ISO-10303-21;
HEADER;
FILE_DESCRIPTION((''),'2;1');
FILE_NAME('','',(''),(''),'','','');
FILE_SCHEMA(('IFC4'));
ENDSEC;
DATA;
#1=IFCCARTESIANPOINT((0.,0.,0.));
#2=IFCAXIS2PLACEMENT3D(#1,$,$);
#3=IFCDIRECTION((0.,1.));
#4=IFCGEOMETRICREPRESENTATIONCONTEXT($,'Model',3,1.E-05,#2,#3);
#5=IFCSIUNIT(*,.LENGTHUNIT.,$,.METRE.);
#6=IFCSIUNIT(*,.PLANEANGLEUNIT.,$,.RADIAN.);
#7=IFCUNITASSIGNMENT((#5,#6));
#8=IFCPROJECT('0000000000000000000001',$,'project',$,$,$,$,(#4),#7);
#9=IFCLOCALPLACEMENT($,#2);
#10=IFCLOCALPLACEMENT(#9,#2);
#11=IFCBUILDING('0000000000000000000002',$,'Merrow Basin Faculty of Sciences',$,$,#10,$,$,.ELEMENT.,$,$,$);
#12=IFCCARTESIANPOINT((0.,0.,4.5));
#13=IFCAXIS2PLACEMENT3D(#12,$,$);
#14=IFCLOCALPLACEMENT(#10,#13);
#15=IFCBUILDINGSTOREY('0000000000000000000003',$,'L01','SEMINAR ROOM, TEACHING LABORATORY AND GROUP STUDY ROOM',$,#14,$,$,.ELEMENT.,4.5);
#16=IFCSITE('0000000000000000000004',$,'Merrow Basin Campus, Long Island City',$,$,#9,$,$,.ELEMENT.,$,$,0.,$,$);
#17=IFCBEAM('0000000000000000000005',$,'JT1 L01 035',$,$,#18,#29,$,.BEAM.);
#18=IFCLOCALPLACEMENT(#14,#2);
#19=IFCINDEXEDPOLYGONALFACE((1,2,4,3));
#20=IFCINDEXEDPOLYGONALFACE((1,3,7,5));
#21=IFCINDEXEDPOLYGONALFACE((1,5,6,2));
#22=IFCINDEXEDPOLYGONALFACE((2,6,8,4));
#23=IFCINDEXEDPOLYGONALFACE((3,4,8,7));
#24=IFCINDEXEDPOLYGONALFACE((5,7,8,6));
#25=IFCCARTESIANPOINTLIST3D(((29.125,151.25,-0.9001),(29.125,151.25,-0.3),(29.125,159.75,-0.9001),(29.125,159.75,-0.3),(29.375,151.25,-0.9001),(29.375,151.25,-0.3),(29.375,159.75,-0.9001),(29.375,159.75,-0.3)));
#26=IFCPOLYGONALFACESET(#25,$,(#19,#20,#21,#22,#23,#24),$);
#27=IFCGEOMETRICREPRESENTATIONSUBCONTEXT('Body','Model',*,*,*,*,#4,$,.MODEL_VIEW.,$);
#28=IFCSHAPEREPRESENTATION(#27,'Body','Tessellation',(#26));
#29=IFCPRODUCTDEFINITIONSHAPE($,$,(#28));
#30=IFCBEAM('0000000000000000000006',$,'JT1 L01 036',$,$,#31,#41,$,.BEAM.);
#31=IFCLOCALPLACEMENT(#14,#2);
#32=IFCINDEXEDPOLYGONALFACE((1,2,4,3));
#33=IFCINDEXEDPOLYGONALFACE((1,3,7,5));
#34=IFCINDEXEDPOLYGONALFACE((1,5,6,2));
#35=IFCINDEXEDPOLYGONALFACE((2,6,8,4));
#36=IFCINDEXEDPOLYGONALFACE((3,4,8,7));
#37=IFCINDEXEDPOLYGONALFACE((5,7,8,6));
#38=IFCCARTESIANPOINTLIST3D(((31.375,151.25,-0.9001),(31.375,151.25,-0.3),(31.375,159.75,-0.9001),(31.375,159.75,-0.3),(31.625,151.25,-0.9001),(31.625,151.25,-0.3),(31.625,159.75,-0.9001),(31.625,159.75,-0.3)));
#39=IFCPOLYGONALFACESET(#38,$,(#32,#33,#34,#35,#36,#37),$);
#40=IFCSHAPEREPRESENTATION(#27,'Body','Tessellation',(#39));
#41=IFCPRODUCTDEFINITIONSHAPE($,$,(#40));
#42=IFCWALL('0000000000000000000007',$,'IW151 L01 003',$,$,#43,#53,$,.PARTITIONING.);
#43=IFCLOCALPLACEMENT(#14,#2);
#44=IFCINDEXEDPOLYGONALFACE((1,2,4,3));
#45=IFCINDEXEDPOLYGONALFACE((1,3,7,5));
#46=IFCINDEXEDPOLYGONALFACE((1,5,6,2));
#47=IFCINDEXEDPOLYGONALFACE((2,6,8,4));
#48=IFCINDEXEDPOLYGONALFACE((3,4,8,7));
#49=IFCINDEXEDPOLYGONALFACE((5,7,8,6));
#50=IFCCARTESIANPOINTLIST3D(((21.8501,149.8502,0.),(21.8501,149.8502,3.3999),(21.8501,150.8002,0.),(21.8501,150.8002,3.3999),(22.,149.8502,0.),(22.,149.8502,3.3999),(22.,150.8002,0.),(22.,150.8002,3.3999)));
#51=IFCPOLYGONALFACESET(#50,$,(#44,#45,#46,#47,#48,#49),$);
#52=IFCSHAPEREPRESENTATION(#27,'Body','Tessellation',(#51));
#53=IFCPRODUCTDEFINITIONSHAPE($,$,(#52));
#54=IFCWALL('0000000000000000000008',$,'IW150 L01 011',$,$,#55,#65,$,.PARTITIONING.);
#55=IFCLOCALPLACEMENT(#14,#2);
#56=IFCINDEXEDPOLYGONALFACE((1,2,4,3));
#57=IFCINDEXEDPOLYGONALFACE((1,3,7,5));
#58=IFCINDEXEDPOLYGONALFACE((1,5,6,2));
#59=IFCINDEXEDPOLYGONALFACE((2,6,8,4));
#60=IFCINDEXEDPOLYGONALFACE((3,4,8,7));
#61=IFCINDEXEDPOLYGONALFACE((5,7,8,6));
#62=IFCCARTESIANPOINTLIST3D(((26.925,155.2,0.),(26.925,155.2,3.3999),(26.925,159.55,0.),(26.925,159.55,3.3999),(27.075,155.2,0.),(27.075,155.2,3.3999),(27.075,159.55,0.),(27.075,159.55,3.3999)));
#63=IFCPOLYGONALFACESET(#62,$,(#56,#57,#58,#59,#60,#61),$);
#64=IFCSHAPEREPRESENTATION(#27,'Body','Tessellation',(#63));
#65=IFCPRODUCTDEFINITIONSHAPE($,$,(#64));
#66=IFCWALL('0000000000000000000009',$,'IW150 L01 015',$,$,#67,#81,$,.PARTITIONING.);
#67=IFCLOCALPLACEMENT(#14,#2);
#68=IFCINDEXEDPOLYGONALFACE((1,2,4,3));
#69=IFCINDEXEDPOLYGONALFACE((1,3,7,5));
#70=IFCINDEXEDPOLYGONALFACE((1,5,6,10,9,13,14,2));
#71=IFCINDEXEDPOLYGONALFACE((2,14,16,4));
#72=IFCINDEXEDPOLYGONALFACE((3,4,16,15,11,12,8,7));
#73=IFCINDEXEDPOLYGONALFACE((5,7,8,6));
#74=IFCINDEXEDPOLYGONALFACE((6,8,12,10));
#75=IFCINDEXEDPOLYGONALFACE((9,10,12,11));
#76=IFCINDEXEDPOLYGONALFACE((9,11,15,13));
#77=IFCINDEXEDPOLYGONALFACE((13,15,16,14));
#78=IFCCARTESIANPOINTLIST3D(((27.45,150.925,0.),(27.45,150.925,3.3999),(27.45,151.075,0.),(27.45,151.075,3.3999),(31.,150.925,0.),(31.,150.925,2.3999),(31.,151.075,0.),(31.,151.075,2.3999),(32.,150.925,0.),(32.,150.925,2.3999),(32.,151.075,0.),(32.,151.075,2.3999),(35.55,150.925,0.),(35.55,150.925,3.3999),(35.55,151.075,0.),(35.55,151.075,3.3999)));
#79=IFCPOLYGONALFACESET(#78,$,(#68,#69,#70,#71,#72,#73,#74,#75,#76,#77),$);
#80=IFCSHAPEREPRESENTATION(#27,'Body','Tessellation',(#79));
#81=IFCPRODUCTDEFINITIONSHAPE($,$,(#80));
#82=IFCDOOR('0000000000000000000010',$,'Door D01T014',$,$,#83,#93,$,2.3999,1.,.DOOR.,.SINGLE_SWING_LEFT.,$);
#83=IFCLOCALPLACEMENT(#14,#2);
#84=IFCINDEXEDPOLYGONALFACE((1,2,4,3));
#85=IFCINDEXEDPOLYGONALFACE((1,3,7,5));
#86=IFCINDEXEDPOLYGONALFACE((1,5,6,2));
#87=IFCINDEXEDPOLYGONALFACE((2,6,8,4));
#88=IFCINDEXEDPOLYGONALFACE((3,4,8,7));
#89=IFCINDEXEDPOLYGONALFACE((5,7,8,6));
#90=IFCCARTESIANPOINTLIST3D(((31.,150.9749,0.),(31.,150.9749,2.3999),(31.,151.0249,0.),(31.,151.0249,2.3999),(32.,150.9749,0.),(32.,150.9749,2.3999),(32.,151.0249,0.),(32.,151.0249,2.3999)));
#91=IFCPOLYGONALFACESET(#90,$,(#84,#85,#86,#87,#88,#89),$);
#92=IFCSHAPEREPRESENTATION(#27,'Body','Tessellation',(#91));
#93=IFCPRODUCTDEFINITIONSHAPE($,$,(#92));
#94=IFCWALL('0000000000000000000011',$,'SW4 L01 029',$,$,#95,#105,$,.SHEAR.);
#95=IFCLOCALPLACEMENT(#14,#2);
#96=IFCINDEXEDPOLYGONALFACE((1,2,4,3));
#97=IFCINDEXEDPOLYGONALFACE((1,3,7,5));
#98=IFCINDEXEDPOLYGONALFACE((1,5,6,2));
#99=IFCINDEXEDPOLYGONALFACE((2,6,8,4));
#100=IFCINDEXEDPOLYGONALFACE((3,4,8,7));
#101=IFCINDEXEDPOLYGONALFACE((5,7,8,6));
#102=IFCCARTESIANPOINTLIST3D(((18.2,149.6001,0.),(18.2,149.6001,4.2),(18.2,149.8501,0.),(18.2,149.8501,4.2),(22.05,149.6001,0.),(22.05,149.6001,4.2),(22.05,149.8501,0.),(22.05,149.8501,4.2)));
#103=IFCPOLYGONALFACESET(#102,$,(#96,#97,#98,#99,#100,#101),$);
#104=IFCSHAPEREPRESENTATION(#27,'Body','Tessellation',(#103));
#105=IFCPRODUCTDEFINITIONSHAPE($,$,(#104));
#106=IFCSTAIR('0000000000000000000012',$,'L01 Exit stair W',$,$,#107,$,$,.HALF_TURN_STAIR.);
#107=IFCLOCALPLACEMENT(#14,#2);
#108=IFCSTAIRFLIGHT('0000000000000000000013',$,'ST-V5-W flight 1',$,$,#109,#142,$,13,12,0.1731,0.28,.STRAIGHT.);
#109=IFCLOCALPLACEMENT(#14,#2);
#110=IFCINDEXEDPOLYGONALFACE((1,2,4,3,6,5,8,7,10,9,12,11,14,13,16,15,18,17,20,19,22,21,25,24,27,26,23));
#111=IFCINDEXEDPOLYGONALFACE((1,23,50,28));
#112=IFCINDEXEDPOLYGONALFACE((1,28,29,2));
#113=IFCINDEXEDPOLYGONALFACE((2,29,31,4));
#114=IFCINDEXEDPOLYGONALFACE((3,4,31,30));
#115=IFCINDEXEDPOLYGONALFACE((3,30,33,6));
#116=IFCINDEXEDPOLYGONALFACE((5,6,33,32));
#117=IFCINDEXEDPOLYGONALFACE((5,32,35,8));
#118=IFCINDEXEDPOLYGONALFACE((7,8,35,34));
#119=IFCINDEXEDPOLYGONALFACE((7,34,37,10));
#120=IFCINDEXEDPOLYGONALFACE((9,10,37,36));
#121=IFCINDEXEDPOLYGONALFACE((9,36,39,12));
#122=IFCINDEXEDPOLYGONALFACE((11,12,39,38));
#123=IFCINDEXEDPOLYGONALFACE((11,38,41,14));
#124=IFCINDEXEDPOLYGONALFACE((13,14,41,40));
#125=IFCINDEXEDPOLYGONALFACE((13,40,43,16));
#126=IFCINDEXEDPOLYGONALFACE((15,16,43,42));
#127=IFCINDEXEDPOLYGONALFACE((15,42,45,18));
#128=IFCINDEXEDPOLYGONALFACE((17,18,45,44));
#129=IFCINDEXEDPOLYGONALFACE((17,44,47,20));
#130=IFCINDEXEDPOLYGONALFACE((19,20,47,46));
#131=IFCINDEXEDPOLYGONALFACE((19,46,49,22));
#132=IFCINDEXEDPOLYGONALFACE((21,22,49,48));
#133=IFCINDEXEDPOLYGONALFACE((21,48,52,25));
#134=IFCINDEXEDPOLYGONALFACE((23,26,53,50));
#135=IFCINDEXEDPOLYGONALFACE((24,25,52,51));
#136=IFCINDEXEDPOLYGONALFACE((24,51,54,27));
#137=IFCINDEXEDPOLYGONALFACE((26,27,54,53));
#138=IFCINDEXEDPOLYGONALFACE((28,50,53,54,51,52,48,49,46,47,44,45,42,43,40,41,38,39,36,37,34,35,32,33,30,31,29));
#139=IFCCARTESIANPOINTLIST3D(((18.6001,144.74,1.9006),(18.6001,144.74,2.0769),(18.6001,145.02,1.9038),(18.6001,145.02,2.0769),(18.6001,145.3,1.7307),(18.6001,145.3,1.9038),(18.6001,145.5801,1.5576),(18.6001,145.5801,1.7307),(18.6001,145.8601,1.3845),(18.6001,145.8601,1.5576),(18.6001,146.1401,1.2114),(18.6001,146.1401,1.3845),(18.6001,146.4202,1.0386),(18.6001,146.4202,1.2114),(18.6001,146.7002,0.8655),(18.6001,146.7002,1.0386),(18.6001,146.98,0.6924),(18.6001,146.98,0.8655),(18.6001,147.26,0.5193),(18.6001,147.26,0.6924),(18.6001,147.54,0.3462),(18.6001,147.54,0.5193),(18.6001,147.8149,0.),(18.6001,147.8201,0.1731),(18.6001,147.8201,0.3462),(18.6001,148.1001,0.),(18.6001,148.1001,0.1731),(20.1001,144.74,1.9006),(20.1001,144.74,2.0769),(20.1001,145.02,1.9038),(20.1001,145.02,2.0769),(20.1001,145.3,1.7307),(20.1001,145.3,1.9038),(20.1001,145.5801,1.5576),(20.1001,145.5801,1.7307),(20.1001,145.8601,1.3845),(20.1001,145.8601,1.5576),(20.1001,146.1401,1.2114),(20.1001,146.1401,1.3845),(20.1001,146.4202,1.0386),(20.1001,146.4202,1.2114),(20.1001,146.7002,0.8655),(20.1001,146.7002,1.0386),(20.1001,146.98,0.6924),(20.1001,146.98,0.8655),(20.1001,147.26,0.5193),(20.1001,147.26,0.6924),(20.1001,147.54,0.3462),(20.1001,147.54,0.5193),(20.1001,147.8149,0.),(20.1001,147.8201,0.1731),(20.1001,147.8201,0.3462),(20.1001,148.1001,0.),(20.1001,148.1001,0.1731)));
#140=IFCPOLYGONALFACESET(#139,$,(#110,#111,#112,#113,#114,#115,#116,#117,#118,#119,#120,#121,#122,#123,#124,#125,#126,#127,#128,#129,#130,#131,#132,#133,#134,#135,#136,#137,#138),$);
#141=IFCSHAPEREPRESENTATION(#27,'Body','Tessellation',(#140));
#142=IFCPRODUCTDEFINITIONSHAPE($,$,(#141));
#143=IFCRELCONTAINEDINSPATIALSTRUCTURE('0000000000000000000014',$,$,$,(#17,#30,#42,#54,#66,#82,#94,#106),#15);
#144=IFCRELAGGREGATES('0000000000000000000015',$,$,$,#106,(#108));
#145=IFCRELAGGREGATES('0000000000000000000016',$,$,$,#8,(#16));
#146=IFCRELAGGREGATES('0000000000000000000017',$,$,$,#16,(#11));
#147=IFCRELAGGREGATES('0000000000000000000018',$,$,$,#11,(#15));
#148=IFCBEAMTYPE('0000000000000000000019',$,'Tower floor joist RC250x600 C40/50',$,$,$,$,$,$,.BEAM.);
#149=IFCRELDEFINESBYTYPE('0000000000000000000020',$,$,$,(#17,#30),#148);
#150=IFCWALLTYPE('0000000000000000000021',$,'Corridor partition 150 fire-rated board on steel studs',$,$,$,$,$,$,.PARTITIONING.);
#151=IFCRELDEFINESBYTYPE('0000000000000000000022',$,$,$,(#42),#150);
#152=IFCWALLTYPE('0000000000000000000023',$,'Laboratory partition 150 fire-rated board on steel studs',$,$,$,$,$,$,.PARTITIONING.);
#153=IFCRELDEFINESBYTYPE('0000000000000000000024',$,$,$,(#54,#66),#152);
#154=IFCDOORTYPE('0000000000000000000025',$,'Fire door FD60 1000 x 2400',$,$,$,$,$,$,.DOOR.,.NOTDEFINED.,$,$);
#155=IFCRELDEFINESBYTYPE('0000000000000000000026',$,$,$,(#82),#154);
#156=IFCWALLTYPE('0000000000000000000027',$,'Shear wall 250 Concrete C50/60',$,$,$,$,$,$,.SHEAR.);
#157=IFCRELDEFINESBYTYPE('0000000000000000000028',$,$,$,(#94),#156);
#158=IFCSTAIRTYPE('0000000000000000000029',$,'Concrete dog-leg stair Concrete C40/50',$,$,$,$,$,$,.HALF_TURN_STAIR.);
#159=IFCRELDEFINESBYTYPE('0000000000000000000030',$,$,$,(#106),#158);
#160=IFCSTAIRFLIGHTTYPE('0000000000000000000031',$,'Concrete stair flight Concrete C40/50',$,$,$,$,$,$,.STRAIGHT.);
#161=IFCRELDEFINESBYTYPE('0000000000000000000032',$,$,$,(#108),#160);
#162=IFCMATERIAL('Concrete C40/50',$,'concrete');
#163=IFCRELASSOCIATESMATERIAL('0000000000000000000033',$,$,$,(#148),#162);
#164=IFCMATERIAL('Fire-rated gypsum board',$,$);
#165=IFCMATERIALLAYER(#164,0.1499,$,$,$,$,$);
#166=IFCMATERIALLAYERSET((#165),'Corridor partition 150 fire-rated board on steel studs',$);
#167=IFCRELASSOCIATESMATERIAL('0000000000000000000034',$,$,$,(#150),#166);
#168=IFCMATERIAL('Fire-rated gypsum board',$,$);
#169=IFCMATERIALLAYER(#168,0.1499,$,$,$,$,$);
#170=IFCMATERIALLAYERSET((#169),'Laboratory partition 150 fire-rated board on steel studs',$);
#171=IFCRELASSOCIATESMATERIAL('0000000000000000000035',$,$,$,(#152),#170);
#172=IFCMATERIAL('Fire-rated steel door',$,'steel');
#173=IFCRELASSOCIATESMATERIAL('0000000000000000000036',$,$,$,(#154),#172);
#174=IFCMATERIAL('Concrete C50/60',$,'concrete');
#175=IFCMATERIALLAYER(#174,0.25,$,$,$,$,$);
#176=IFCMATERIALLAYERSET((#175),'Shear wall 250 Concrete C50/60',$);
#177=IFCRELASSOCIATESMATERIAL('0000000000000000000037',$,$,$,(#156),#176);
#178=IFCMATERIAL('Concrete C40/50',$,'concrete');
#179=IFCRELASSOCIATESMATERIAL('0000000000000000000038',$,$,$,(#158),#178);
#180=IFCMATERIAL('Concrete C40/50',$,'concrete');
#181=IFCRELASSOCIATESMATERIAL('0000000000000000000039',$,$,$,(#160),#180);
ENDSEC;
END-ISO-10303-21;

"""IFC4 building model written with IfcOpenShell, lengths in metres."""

from ifc_helpers import new_model, si_unit, direction, frame, frame_2d, origin, origin_2d, place, context, subcontext, project, spatial, polyline, rectangle, outline, extrude, material, layer, layer_set, material_profile, profile_set, type_object, element, fill, aggregate, save


model = new_model("IFC4")

# Units and contexts
model_context = context("Model", 3, precision=1e-05, world=origin(), true_north=direction((0.0, 1.0)))
body_context = subcontext(model_context, "Body", "Model", "MODEL_VIEW")
ifc_project = project(units=[si_unit("LENGTHUNIT", "METRE"), si_unit("PLANEANGLEUNIT", "RADIAN")], contexts=[model_context])

# Site, building, storey
site_placement = place(None, origin())
site = spatial("IfcSite", under=ifc_project, at=site_placement, Name="Merrow Basin Campus, Long Island City", CompositionType="ELEMENT", RefElevation=0.0)
building_placement = place(site_placement, origin())
building = spatial("IfcBuilding", under=site, at=building_placement, Name="Merrow Basin Faculty of Sciences", CompositionType="ELEMENT")
storey_placement = place(building_placement, frame((0.0, 0.0, 4.5)))
storey = spatial("IfcBuildingStorey", under=building, at=storey_placement, Name="L01", Description="SEMINAR ROOM, TEACHING LABORATORY AND GROUP STUDY ROOM", CompositionType="ELEMENT", Elevation=4.5)

# Beams
ifc_material_1 = material(Name="Concrete C40/50", Category="concrete")
ifc_material_profile_1 = material_profile(ifc_material_1, rectangle(XDim=0.25, YDim=0.6001, at=origin_2d()))
ifc_profile_set_1 = profile_set([ifc_material_profile_1], Name="Concrete C40/50")
beam_type_1 = type_object("IfcBeamType", Name="Tower floor joist RC250x600 C40/50", PredefinedType="BEAM", material=ifc_profile_set_1)
for number, where, z_axis, x_axis, name in (
    (1, (29.25, 151.25, -0.6001), (0.0, 1.0, 0.0), (-1.0, 0.0, 0.0), "JT1 L01 035"),
    (2, (31.5, 151.25, -0.6001), (0.0, 1.0, 0.0), (-1.0, 0.0, 0.0), "JT1 L01 036"),
):
    element("IfcBeam", number, at=place(storey_placement, frame(where, z_axis=z_axis, x_axis=x_axis)), inside=storey, type_object=beam_type_1, Name=name, PredefinedType="BEAM", context=body_context, shape_type="SweptSolid", body=[
        extrude(rectangle(XDim=0.25, YDim=0.6001, at=origin_2d()), origin(), (0.0, 0.0, 1.0), 8.5),
    ])

# Walls
ifc_material_2 = material(Name="Fire-rated gypsum board")
ifc_layer_1 = layer(ifc_material_2, 0.1499)
ifc_layer_set_1 = layer_set([ifc_layer_1], Name="Corridor partition 150 fire-rated board on steel studs")
wall_type_1 = type_object("IfcWallType", Name="Corridor partition 150 fire-rated board on steel studs", PredefinedType="PARTITIONING", material=ifc_layer_set_1)
wall_1_placement = place(storey_placement, frame((21.925, 149.8501, 0.0), z_axis=(0.0, 0.0, 1.0), x_axis=(0.0, 1.0, 0.0)))
element("IfcWall", 3, at=wall_1_placement, inside=storey, type_object=wall_type_1, Name="IW151 L01 003", PredefinedType="PARTITIONING", context=body_context, shape_type="SweptSolid", body=[
    extrude(rectangle(XDim=0.95, YDim=0.1499, at=frame_2d((0.4751, 0.0))), origin(), (0.0, 0.0, 1.0), 3.3999),
])
ifc_material_3 = material(Name="Fire-rated gypsum board")
ifc_layer_2 = layer(ifc_material_3, 0.1499)
ifc_layer_set_2 = layer_set([ifc_layer_2], Name="Laboratory partition 150 fire-rated board on steel studs")
wall_type_2 = type_object("IfcWallType", Name="Laboratory partition 150 fire-rated board on steel studs", PredefinedType="PARTITIONING", material=ifc_layer_set_2)
wall_2_placement = place(storey_placement, frame((27.0, 155.2, 0.0), z_axis=(0.0, 0.0, 1.0), x_axis=(0.0, 1.0, 0.0)))
element("IfcWall", 4, at=wall_2_placement, inside=storey, type_object=wall_type_2, Name="IW150 L01 011", PredefinedType="PARTITIONING", context=body_context, shape_type="SweptSolid", body=[
    extrude(rectangle(XDim=4.3501, YDim=0.1499, at=frame_2d((2.175, 0.0))), origin(), (0.0, 0.0, 1.0), 3.3999),
])

# Wall, opening, door
wall_3_placement = place(storey_placement, frame((27.45, 151.0, 0.0), z_axis=(0.0, 0.0, 1.0), x_axis=(1.0, 0.0, 0.0)))
wall_3 = element("IfcWall", 5, at=wall_3_placement, inside=storey, type_object=wall_type_2, Name="IW150 L01 015", PredefinedType="PARTITIONING", context=body_context, shape_type="SweptSolid", body=[
    extrude(rectangle(XDim=8.1001, YDim=0.1499, at=frame_2d((4.05, 0.0))), origin(), (0.0, 0.0, 1.0), 3.3999),
])
opening_1_placement = place(wall_3_placement, frame((3.55, 0.0, 0.0)))
opening_1 = element("IfcOpeningElement", 6, at=opening_1_placement, cuts=wall_3, PredefinedType="OPENING", context=body_context, shape_type="SweptSolid", body=[
    extrude(rectangle(XDim=1.0, YDim=2.3999, at=frame_2d((0.5, 1.2))), frame((0.0, 0.085, 0.0), z_axis=(0.0, -1.0, 0.0), x_axis=(1.0, 0.0, 0.0)), (0.0, 0.0, 1.0), 0.1699),
])
ifc_material_4 = material(Name="Fire-rated steel door", Category="steel")
door_type = type_object("IfcDoorType", Name="Fire door FD60 1000 x 2400", OperationType="NOTDEFINED", PredefinedType="DOOR", material=ifc_material_4)
door_1_placement = place(opening_1_placement, origin())
door_1 = element("IfcDoor", 7, at=door_1_placement, inside=storey, type_object=door_type, Name="Door D01T014", OperationType="SINGLE_SWING_LEFT", OverallHeight=2.3999, OverallWidth=1.0, PredefinedType="DOOR", context=body_context, shape_type="SweptSolid", body=[
    extrude(rectangle(XDim=1.0, YDim=2.3999, at=frame_2d((0.5, 1.2))), frame((0.0, 0.0249, 0.0), z_axis=(0.0, -1.0, 0.0), x_axis=(1.0, 0.0, 0.0)), (0.0, 0.0, 1.0), 0.05),
])
fill(opening_1, door_1)

# Wall
ifc_material_5 = material(Name="Concrete C50/60", Category="concrete")
ifc_layer_3 = layer(ifc_material_5, 0.25)
ifc_layer_set_3 = layer_set([ifc_layer_3], Name="Shear wall 250 Concrete C50/60")
wall_type_3 = type_object("IfcWallType", Name="Shear wall 250 Concrete C50/60", PredefinedType="SHEAR", material=ifc_layer_set_3)
wall_4_placement = place(storey_placement, frame((18.2, 149.7251, 0.0), z_axis=(0.0, 0.0, 1.0), x_axis=(1.0, 0.0, 0.0)))
element("IfcWall", 8, at=wall_4_placement, inside=storey, type_object=wall_type_3, Name="SW4 L01 029", PredefinedType="SHEAR", context=body_context, shape_type="SweptSolid", body=[
    extrude(rectangle(XDim=3.8501, YDim=0.25, at=frame_2d((1.925, 0.0))), origin(), (0.0, 0.0, 1.0), 4.2),
])

# Stair, stair flight
ifc_material_6 = material(Name="Concrete C40/50", Category="concrete")
stair_type = type_object("IfcStairType", Name="Concrete dog-leg stair Concrete C40/50", PredefinedType="HALF_TURN_STAIR", material=ifc_material_6)
stair_placement = place(storey_placement, origin())
stair = element("IfcStair", 9, at=stair_placement, inside=storey, type_object=stair_type, Name="L01 Exit stair W", PredefinedType="HALF_TURN_STAIR")
ifc_material_7 = material(Name="Concrete C40/50", Category="concrete")
stair_flight_type = type_object("IfcStairFlightType", Name="Concrete stair flight Concrete C40/50", PredefinedType="STRAIGHT", material=ifc_material_7)
stair_flight_placement = place(storey_placement, frame((19.3501, 148.1001, 0.0), z_axis=(0.0, 0.0, 1.0), x_axis=(0.0, -1.0, 0.0)))
stair_flight = element("IfcStairFlight", 10, at=stair_flight_placement, type_object=stair_flight_type, Name="ST-V5-W flight 1", NumberOfRisers=13, NumberOfTreads=12, PredefinedType="STRAIGHT", RiserHeight=0.1731, TreadLength=0.28, context=body_context, shape_type="SweptSolid", body=[
    extrude(outline(polyline([(0.0, 0.0), (0.0, 0.1731), (0.28, 0.1731), (0.28, 0.3462), (0.5601, 0.3462), (0.5601, 0.5193), (0.8401, 0.5193), (0.8401, 0.6924), (1.1201, 0.6924), (1.1201, 0.8655), (1.3999, 0.8655), (1.3999, 1.0386), (1.6799, 1.0386), (1.6799, 1.2114), (1.96, 1.2114), (1.96, 1.3845), (2.24, 1.3845), (2.24, 1.5576), (2.52, 1.5576), (2.52, 1.7307), (2.8, 1.7307), (2.8, 1.9038), (3.0801, 1.9038), (3.0801, 2.0769), (3.3601, 2.0769), (3.3601, 2.25), (3.3601, 1.9006), (0.2852, 0.0), (0.0, 0.0)])), frame((0.0, 0.75, 0.0), z_axis=(0.0, -1.0, 0.0), x_axis=(1.0, 0.0, 0.0)), (0.0, 0.0, 1.0), 1.5),
])
aggregate(stair, [stair_flight])

save(model, "model.ifc")
